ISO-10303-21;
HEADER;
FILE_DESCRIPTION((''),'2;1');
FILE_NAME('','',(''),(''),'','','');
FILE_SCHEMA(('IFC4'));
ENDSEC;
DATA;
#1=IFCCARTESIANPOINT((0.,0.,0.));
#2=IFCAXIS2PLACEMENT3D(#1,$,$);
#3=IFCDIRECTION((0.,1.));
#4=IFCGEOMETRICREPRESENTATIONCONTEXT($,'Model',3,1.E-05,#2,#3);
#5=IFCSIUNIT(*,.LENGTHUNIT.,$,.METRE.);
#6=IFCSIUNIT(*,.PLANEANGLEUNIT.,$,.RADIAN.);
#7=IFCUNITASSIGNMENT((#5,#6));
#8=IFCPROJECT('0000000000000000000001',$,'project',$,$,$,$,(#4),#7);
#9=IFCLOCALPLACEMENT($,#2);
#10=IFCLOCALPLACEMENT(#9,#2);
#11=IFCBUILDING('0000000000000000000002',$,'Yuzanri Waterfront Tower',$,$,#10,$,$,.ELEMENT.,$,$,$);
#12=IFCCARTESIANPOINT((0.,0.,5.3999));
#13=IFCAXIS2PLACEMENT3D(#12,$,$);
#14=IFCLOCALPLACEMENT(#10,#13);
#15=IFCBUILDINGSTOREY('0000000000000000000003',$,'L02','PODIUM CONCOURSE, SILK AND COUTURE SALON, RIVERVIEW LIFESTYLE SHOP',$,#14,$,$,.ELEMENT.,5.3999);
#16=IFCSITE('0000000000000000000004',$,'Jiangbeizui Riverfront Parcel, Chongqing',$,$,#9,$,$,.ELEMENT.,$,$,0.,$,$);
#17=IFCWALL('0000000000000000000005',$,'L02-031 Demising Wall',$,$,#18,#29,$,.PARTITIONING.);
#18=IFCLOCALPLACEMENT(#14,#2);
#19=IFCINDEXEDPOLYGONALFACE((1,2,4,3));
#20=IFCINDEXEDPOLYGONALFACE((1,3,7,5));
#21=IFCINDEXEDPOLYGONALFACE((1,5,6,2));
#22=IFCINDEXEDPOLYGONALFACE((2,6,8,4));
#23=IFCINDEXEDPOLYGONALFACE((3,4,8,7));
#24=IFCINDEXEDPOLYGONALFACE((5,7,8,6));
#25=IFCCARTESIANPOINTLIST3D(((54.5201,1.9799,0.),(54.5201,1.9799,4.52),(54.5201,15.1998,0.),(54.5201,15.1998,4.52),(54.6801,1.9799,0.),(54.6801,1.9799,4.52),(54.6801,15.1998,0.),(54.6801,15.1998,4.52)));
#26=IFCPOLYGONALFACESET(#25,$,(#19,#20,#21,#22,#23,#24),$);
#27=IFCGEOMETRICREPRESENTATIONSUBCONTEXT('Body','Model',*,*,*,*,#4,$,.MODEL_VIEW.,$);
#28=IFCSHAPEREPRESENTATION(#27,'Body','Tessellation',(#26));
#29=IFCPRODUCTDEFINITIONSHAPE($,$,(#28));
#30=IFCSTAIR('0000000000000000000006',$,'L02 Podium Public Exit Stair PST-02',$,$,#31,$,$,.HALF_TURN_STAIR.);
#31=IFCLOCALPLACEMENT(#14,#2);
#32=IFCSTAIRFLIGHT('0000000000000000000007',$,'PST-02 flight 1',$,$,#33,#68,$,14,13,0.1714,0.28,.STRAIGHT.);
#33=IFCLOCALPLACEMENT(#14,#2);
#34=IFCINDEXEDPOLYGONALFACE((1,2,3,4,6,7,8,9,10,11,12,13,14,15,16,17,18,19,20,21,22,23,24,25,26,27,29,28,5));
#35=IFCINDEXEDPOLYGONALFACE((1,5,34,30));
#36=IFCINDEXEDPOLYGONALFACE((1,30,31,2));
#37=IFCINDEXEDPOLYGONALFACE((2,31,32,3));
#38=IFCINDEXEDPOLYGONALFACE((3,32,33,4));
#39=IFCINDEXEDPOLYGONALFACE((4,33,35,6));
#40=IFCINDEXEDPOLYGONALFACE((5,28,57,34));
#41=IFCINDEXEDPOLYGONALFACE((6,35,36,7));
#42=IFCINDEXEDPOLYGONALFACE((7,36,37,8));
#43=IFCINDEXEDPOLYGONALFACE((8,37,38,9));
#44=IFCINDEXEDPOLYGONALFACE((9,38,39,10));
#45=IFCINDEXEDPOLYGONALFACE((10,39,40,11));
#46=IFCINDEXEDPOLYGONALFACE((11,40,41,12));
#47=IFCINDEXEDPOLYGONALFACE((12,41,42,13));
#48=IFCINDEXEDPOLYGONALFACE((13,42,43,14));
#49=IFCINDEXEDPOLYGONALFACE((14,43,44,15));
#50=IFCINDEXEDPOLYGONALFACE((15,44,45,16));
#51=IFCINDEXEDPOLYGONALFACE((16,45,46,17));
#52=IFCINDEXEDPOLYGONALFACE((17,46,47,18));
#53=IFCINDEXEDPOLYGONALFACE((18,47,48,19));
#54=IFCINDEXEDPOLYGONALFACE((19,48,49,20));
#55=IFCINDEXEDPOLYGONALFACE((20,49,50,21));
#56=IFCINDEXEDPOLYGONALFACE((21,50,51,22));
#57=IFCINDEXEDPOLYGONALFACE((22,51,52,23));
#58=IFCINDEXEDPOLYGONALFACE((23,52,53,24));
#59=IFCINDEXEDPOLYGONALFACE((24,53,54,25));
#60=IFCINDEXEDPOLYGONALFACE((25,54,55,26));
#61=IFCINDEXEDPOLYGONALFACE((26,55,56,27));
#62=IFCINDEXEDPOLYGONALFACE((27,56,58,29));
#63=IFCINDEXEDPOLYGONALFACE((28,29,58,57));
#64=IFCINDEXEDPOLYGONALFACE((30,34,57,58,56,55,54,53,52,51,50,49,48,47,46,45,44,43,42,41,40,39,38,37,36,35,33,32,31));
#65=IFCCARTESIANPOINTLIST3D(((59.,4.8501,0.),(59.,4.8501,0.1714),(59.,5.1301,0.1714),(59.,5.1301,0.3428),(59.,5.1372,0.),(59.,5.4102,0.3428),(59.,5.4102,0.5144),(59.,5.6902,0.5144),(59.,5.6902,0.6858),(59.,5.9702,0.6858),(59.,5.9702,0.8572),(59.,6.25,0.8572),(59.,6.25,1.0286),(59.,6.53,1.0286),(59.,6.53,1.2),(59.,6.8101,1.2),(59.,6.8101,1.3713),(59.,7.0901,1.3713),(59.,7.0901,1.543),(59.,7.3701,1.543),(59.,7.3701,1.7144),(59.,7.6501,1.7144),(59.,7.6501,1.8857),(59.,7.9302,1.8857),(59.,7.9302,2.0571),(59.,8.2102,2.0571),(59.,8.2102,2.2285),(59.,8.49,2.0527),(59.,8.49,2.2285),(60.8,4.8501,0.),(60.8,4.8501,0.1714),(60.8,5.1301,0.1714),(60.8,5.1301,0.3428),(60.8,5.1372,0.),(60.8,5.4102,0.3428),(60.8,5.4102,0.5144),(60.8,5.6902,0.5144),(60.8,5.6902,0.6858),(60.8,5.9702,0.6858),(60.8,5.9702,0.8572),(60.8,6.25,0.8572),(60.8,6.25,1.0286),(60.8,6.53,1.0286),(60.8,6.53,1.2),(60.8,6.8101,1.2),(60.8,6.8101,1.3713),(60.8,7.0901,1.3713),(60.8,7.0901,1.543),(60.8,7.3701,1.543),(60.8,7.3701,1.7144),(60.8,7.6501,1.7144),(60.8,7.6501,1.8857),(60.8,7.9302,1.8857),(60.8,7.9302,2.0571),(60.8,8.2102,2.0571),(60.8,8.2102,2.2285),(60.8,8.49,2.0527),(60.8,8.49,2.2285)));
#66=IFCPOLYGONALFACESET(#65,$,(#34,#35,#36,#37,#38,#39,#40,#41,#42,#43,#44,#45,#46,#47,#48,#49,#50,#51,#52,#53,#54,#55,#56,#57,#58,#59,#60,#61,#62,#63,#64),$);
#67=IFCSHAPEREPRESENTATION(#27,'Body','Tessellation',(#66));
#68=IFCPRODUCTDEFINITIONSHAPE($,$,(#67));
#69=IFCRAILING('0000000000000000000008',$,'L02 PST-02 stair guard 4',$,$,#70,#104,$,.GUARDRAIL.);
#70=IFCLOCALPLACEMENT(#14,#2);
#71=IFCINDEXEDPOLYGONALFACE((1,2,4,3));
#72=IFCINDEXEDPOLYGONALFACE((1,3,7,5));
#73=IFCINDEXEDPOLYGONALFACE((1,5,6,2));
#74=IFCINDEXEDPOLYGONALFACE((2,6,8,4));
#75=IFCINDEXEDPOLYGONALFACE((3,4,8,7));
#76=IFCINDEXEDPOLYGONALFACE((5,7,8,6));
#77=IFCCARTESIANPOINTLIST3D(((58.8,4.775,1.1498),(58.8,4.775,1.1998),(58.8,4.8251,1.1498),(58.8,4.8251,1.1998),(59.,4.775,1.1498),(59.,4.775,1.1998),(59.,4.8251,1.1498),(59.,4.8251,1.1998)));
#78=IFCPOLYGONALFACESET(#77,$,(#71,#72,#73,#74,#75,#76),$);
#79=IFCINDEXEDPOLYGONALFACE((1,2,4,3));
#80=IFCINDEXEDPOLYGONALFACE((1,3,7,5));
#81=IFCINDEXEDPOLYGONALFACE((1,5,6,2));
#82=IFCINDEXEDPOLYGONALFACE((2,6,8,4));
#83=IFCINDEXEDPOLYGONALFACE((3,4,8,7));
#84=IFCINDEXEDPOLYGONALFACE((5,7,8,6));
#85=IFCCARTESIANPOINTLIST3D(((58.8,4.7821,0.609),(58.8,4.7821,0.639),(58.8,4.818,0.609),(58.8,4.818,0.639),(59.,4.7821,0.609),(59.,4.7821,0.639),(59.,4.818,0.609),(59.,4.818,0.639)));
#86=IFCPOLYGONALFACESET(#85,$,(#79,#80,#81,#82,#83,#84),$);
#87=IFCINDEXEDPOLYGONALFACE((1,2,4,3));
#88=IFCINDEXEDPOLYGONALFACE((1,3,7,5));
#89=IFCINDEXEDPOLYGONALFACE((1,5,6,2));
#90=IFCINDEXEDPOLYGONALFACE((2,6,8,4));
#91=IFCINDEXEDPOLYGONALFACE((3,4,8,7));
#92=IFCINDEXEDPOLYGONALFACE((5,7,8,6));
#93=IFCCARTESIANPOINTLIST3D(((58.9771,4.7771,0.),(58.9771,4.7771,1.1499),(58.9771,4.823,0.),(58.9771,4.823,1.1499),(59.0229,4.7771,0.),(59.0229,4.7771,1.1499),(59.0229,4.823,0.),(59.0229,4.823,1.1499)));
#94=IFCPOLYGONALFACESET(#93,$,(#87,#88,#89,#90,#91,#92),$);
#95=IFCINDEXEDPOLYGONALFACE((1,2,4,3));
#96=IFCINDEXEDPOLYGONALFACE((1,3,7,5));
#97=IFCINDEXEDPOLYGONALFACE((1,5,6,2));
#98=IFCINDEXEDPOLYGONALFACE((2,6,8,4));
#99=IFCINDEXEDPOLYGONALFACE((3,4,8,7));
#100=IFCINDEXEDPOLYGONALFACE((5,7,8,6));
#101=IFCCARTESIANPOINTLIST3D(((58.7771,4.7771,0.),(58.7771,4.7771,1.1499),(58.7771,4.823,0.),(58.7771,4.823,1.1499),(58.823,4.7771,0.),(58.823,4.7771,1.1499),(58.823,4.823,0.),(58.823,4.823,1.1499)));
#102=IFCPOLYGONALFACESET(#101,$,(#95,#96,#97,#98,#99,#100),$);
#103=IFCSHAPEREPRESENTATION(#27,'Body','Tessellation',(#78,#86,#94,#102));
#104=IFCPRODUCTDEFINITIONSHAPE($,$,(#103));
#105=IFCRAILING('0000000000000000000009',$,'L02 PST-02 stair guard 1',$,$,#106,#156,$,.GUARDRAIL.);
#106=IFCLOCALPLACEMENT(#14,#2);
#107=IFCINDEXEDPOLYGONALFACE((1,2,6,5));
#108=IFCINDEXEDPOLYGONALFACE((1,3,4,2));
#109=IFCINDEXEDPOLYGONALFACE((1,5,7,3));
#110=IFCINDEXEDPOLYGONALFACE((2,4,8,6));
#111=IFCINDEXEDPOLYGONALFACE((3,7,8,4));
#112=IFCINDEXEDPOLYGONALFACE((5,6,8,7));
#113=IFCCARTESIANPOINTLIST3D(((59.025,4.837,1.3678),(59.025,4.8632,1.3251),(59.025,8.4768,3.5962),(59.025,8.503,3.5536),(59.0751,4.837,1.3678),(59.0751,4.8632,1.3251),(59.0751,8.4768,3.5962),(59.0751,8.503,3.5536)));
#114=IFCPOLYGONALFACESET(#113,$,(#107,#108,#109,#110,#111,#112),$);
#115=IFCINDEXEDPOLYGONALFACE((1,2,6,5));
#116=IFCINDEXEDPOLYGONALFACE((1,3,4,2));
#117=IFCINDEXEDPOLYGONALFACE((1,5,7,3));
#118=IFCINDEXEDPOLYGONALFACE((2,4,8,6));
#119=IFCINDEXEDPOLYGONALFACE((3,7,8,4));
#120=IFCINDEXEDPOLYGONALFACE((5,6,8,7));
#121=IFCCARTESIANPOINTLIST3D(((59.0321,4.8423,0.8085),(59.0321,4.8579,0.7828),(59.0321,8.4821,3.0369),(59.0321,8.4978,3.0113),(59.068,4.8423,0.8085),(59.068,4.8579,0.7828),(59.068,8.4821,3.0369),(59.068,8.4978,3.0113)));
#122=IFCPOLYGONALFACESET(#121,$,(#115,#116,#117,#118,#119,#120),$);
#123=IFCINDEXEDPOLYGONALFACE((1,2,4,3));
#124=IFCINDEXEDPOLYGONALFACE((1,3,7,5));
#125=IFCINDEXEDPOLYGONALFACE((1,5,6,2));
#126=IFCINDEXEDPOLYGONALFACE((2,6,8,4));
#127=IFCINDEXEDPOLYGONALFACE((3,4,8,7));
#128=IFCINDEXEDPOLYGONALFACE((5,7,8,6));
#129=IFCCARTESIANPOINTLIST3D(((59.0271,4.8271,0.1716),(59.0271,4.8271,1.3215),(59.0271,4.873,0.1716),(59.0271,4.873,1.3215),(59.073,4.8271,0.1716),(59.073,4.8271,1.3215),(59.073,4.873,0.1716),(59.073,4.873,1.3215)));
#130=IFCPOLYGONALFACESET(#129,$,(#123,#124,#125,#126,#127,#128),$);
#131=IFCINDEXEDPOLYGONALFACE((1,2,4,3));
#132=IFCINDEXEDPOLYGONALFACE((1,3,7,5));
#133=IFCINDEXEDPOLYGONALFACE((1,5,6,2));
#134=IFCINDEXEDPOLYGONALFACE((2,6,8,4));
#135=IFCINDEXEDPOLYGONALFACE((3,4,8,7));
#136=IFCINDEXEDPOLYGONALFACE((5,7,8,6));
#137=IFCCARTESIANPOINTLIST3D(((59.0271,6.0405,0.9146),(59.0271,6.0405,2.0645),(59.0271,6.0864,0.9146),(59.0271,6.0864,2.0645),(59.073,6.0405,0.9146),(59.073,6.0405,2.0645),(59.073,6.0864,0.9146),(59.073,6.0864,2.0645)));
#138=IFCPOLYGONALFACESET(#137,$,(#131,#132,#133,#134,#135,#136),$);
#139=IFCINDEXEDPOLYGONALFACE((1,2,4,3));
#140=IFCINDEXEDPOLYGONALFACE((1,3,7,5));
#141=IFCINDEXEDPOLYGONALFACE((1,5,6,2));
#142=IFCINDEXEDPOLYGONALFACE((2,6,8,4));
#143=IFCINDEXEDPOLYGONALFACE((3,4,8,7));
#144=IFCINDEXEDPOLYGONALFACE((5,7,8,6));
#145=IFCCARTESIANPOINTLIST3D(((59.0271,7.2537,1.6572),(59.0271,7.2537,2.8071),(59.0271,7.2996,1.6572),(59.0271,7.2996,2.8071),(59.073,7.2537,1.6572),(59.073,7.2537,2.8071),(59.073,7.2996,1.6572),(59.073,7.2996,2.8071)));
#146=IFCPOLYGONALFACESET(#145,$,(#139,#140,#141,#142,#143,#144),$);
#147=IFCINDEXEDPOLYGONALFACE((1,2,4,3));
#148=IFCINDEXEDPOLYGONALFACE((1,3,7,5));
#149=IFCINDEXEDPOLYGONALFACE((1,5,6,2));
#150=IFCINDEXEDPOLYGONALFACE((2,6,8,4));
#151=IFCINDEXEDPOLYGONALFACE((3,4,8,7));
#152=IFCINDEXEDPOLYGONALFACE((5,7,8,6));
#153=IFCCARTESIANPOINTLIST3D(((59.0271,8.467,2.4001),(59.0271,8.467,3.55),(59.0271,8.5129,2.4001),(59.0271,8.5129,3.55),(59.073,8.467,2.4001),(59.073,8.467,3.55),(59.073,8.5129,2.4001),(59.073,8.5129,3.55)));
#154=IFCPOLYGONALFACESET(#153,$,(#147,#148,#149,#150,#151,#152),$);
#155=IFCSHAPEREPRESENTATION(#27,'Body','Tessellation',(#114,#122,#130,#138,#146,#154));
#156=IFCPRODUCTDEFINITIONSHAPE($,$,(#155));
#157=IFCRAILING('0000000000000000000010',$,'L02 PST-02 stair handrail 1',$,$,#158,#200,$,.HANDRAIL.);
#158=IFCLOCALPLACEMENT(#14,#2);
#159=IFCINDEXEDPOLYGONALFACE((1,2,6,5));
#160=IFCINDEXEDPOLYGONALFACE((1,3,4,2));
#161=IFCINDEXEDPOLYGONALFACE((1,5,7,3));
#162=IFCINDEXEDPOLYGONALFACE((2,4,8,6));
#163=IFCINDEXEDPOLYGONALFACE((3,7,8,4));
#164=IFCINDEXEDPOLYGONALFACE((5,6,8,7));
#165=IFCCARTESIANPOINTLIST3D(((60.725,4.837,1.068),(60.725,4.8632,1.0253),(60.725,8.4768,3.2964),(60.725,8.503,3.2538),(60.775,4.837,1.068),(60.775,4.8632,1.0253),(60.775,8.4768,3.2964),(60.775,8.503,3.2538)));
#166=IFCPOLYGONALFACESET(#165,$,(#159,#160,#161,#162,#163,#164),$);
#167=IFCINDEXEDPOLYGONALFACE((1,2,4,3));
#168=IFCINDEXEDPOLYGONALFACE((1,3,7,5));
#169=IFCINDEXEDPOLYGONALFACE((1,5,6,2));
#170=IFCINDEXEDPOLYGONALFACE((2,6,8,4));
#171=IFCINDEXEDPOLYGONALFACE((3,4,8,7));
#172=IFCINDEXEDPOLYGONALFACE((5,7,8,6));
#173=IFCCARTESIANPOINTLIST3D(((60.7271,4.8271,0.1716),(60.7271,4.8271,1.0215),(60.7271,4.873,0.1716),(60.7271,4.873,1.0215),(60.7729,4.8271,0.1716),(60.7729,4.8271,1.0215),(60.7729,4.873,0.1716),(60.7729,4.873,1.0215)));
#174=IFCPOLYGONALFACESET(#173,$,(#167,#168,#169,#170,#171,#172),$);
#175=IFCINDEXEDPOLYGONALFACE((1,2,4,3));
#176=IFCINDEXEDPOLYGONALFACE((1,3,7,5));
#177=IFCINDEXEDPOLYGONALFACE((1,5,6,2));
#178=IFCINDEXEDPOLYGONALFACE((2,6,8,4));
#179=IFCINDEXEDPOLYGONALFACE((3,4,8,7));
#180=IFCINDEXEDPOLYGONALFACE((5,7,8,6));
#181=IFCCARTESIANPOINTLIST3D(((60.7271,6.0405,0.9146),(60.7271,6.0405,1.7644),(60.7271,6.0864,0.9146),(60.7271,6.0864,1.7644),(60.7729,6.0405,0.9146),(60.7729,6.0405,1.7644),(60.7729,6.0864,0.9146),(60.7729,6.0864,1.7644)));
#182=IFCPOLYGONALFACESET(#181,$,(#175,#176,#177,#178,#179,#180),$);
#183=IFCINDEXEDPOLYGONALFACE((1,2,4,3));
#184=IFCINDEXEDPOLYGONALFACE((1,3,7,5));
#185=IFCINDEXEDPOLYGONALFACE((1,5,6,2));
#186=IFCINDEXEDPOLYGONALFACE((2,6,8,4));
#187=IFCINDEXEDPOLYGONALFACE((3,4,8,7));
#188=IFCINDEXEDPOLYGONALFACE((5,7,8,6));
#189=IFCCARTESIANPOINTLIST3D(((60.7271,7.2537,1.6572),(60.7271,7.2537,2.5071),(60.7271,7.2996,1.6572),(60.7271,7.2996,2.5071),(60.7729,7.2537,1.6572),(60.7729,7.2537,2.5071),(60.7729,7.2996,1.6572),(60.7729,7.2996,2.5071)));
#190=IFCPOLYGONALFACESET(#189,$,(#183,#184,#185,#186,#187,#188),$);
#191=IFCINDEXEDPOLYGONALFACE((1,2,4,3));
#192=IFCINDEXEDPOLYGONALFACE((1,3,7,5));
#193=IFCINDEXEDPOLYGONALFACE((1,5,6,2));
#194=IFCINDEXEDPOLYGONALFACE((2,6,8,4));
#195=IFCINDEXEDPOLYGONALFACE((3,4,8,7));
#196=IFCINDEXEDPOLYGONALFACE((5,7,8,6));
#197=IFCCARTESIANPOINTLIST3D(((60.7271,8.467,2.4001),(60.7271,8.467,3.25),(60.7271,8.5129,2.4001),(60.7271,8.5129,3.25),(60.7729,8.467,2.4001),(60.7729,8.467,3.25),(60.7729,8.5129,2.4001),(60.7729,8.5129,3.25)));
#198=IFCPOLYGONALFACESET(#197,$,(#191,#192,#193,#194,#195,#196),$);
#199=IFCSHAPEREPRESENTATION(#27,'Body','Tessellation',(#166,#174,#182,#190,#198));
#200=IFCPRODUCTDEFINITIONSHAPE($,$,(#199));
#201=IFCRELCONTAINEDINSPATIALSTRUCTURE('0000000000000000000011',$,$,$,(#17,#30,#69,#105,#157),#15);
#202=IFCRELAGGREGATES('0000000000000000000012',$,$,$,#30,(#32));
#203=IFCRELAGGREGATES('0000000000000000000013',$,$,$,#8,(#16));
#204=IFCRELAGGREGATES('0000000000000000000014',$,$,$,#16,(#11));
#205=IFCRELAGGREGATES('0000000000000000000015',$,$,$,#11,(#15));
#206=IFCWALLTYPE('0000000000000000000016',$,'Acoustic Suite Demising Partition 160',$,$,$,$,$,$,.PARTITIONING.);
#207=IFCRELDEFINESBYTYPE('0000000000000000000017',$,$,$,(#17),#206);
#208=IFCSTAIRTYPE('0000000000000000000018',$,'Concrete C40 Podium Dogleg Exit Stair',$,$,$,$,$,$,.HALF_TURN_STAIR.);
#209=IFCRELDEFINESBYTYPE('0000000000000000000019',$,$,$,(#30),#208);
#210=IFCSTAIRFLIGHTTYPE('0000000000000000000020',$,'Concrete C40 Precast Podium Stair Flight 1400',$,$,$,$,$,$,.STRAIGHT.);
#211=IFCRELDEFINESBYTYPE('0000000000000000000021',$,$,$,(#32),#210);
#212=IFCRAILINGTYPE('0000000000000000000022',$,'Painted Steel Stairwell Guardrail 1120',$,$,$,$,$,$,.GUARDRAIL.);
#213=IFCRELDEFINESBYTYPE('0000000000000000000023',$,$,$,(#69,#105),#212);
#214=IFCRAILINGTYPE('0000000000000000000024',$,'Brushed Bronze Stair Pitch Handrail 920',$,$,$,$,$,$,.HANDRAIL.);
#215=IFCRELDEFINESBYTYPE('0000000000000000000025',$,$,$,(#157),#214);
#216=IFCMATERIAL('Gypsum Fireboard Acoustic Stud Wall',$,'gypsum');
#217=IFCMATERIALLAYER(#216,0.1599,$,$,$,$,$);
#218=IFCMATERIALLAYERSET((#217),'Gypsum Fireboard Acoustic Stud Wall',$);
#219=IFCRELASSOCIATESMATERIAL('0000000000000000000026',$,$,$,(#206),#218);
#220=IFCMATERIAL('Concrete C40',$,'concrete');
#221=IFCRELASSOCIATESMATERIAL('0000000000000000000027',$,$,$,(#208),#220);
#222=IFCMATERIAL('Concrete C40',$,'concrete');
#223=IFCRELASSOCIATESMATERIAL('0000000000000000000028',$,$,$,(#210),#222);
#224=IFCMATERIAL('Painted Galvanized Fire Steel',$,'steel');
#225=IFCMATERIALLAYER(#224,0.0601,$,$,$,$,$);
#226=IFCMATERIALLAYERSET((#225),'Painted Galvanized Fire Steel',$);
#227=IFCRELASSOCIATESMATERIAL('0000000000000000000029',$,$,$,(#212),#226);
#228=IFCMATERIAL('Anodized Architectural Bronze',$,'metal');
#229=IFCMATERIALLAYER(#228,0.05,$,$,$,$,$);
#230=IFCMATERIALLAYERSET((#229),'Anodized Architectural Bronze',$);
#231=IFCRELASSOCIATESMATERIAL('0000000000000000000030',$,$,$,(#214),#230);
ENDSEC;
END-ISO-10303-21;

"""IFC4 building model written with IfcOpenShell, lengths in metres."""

from ifc_helpers import new_model, si_unit, direction, frame, frame_2d, origin, origin_2d, place, context, subcontext, project, spatial, polyline, rectangle, outline, extrude, source, transform, mapped, material, layer, layer_set, type_object, element, aggregate, save


model = new_model("IFC4")

# Units and contexts
model_context = context("Model", 3, precision=1e-05, world=origin(), true_north=direction((0.0, 1.0)))
body_context = subcontext(model_context, "Body", "Model", "MODEL_VIEW")
ifc_project = project(units=[si_unit("LENGTHUNIT", "METRE"), si_unit("PLANEANGLEUNIT", "RADIAN")], contexts=[model_context])

# Site, building, storey
site_placement = place(None, origin())
site = spatial("IfcSite", under=ifc_project, at=site_placement, Name="Jiangbeizui Riverfront Parcel, Chongqing", CompositionType="ELEMENT", RefElevation=0.0)
building_placement = place(site_placement, origin())
building = spatial("IfcBuilding", under=site, at=building_placement, Name="Yuzanri Waterfront Tower", CompositionType="ELEMENT")
storey_placement = place(building_placement, frame((0.0, 0.0, 5.3999)))
storey = spatial("IfcBuildingStorey", under=building, at=storey_placement, Name="L02", Description="PODIUM CONCOURSE, SILK AND COUTURE SALON, RIVERVIEW LIFESTYLE SHOP", CompositionType="ELEMENT", Elevation=5.3999)

# Wall
ifc_material_1 = material(Name="Gypsum Fireboard Acoustic Stud Wall", Category="gypsum")
ifc_layer_1 = layer(ifc_material_1, 0.1599)
ifc_layer_set_1 = layer_set([ifc_layer_1], Name="Gypsum Fireboard Acoustic Stud Wall")
wall_type_1 = type_object("IfcWallType", Name="Acoustic Suite Demising Partition 160", PredefinedType="PARTITIONING", material=ifc_layer_set_1)
shared_shape_1 = source(origin(), body_context, "Body", "SweptSolid", [
    extrude(rectangle(XDim=13.22, YDim=0.1599, at=frame_2d((6.6099, 0.0))), origin(), (0.0, 0.0, 1.0), 4.52),
])
wall_1_placement = place(storey_placement, frame((54.6001, 1.98, 0.0), z_axis=(0.0, 0.0, 1.0), x_axis=(0.0, 1.0, 0.0)))
element("IfcWall", 1, at=wall_1_placement, inside=storey, type_object=wall_type_1, Name="L02-031 Demising Wall", PredefinedType="PARTITIONING", context=body_context, shape_type="MappedRepresentation", body=[
    mapped(shared_shape_1, transform((0.0, 0.0, 0.0), scale=1.0)),
])

# Stair, stair flight
ifc_material_2 = material(Name="Concrete C40", Category="concrete")
stair_type = type_object("IfcStairType", Name="Concrete C40 Podium Dogleg Exit Stair", PredefinedType="HALF_TURN_STAIR", material=ifc_material_2)
stair_placement = place(storey_placement, origin())
stair = element("IfcStair", 2, at=stair_placement, inside=storey, type_object=stair_type, Name="L02 Podium Public Exit Stair PST-02", PredefinedType="HALF_TURN_STAIR")
ifc_material_3 = material(Name="Concrete C40", Category="concrete")
stair_flight_type = type_object("IfcStairFlightType", Name="Concrete C40 Precast Podium Stair Flight 1400", PredefinedType="STRAIGHT", material=ifc_material_3)
shared_shape_2 = source(origin(), body_context, "Body", "SweptSolid", [
    extrude(outline(polyline([(0.0, 0.0), (0.0, 0.1714), (0.28, 0.1714), (0.28, 0.3428), (0.5601, 0.3428), (0.5601, 0.5144), (0.8401, 0.5144), (0.8401, 0.6858), (1.1201, 0.6858), (1.1201, 0.8572), (1.3999, 0.8572), (1.3999, 1.0286), (1.6799, 1.0286), (1.6799, 1.2), (1.96, 1.2), (1.96, 1.3713), (2.24, 1.3713), (2.24, 1.543), (2.52, 1.543), (2.52, 1.7144), (2.8, 1.7144), (2.8, 1.8857), (3.0801, 1.8857), (3.0801, 2.0571), (3.3601, 2.0571), (3.3601, 2.2285), (3.6399, 2.2285), (3.6399, 2.3999), (3.6399, 2.0527), (0.2871, 0.0), (0.0, 0.0)])), frame((0.0, 0.8999, 0.0), z_axis=(0.0, -1.0, 0.0), x_axis=(1.0, 0.0, 0.0)), (0.0, 0.0, 1.0), 1.8),
])
stair_flight_placement = place(storey_placement, frame((59.8999, 4.8501, 0.0), z_axis=(0.0, 0.0, 1.0), x_axis=(0.0, 1.0, 0.0)))
stair_flight = element("IfcStairFlight", 3, at=stair_flight_placement, type_object=stair_flight_type, Name="PST-02 flight 1", NumberOfRisers=14, NumberOfTreads=13, PredefinedType="STRAIGHT", RiserHeight=0.1714, TreadLength=0.28, context=body_context, shape_type="MappedRepresentation", body=[
    mapped(shared_shape_2, transform((0.0, 0.0, 0.0), scale=1.0)),
])
aggregate(stair, [stair_flight])

# Railings
ifc_material_4 = material(Name="Painted Galvanized Fire Steel", Category="steel")
ifc_layer_2 = layer(ifc_material_4, 0.0601)
ifc_layer_set_2 = layer_set([ifc_layer_2], Name="Painted Galvanized Fire Steel")
railing_type_1 = type_object("IfcRailingType", Name="Painted Steel Stairwell Guardrail 1120", PredefinedType="GUARDRAIL", material=ifc_layer_set_2)
shared_shape_3 = source(origin(), body_context, "Body", "SweptSolid", [
    extrude(rectangle(XDim=0.05, YDim=0.05, at=origin_2d()), frame((0.0, 0.0, 1.1748), z_axis=(-1.0, 0.0, 0.0), x_axis=(0.0, -1.0, 0.0)), (0.0, 0.0, 1.0), 0.2),
    extrude(rectangle(XDim=0.0359, YDim=0.03, at=origin_2d()), frame((0.0, 0.0, 0.624), z_axis=(-1.0, 0.0, 0.0), x_axis=(0.0, -1.0, 0.0)), (0.0, 0.0, 1.0), 0.2),
    extrude(rectangle(XDim=0.0459, YDim=0.0459, at=origin_2d()), origin(), (0.0, 0.0, 1.0), 1.1499),
    extrude(rectangle(XDim=0.0459, YDim=0.0459, at=origin_2d()), frame((-0.2, 0.0, 0.0)), (0.0, 0.0, 1.0), 1.1499),
])
railing_1_placement = place(storey_placement, frame((59.0, 4.8, 0.0)))
element("IfcRailing", 4, at=railing_1_placement, inside=storey, type_object=railing_type_1, Name="L02 PST-02 stair guard 4", PredefinedType="GUARDRAIL", context=body_context, shape_type="MappedRepresentation", body=[
    mapped(shared_shape_3, transform((0.0, 0.0, 0.0), scale=1.0)),
])
shared_shape_4 = source(origin(), body_context, "Body", "SweptSolid", [
    extrude(rectangle(XDim=0.05, YDim=0.05, at=origin_2d()), frame((0.0, 0.0, 1.1748), z_axis=(0.0, 0.85285, 0.522156), x_axis=(-1.0, 0.0, 0.0)), (0.0, 0.0, 1.0), 4.2678),
    extrude(rectangle(XDim=0.0359, YDim=0.03, at=origin_2d()), frame((0.0, 0.0, 0.624), z_axis=(0.0, 0.85285, 0.522156), x_axis=(-1.0, 0.0, 0.0)), (0.0, 0.0, 1.0), 4.2678),
    extrude(rectangle(XDim=0.0459, YDim=0.0459, at=origin_2d()), origin(), (0.0, 0.0, 1.0), 1.1499),
    extrude(rectangle(XDim=0.0459, YDim=0.0459, at=origin_2d()), frame((0.0, 1.2134, 0.7429)), (0.0, 0.0, 1.0), 1.1499),
    extrude(rectangle(XDim=0.0459, YDim=0.0459, at=origin_2d()), frame((0.0, 2.4265, 1.4856)), (0.0, 0.0, 1.0), 1.1499),
    extrude(rectangle(XDim=0.0459, YDim=0.0459, at=origin_2d()), frame((0.0, 3.6399, 2.2285)), (0.0, 0.0, 1.0), 1.1499),
])
railing_2_placement = place(storey_placement, frame((59.05, 4.8501, 0.1716)))
element("IfcRailing", 5, at=railing_2_placement, inside=storey, type_object=railing_type_1, Name="L02 PST-02 stair guard 1", PredefinedType="GUARDRAIL", context=body_context, shape_type="MappedRepresentation", body=[
    mapped(shared_shape_4, transform((0.0, 0.0, 0.0), scale=1.0)),
])
ifc_material_5 = material(Name="Anodized Architectural Bronze", Category="metal")
ifc_layer_3 = layer(ifc_material_5, 0.05)
ifc_layer_set_3 = layer_set([ifc_layer_3], Name="Anodized Architectural Bronze")
railing_type_2 = type_object("IfcRailingType", Name="Brushed Bronze Stair Pitch Handrail 920", PredefinedType="HANDRAIL", material=ifc_layer_set_3)
shared_shape_5 = source(origin(), body_context, "Body", "SweptSolid", [
    extrude(rectangle(XDim=0.05, YDim=0.05, at=origin_2d()), frame((0.0, 0.0, 0.875), z_axis=(0.0, 0.85285, 0.522156), x_axis=(-1.0, 0.0, 0.0)), (0.0, 0.0, 1.0), 4.2678),
    extrude(rectangle(XDim=0.0459, YDim=0.0459, at=origin_2d()), origin(), (0.0, 0.0, 1.0), 0.8499),
    extrude(rectangle(XDim=0.0459, YDim=0.0459, at=origin_2d()), frame((0.0, 1.2134, 0.7429)), (0.0, 0.0, 1.0), 0.8499),
    extrude(rectangle(XDim=0.0459, YDim=0.0459, at=origin_2d()), frame((0.0, 2.4265, 1.4856)), (0.0, 0.0, 1.0), 0.8499),
    extrude(rectangle(XDim=0.0459, YDim=0.0459, at=origin_2d()), frame((0.0, 3.6399, 2.2285)), (0.0, 0.0, 1.0), 0.8499),
])
railing_3_placement = place(storey_placement, frame((60.75, 4.8501, 0.1716)))
element("IfcRailing", 6, at=railing_3_placement, inside=storey, type_object=railing_type_2, Name="L02 PST-02 stair handrail 1", PredefinedType="HANDRAIL", context=body_context, shape_type="MappedRepresentation", body=[
    mapped(shared_shape_5, transform((0.0, 0.0, 0.0), scale=1.0)),
])

save(model, "model.ifc")
